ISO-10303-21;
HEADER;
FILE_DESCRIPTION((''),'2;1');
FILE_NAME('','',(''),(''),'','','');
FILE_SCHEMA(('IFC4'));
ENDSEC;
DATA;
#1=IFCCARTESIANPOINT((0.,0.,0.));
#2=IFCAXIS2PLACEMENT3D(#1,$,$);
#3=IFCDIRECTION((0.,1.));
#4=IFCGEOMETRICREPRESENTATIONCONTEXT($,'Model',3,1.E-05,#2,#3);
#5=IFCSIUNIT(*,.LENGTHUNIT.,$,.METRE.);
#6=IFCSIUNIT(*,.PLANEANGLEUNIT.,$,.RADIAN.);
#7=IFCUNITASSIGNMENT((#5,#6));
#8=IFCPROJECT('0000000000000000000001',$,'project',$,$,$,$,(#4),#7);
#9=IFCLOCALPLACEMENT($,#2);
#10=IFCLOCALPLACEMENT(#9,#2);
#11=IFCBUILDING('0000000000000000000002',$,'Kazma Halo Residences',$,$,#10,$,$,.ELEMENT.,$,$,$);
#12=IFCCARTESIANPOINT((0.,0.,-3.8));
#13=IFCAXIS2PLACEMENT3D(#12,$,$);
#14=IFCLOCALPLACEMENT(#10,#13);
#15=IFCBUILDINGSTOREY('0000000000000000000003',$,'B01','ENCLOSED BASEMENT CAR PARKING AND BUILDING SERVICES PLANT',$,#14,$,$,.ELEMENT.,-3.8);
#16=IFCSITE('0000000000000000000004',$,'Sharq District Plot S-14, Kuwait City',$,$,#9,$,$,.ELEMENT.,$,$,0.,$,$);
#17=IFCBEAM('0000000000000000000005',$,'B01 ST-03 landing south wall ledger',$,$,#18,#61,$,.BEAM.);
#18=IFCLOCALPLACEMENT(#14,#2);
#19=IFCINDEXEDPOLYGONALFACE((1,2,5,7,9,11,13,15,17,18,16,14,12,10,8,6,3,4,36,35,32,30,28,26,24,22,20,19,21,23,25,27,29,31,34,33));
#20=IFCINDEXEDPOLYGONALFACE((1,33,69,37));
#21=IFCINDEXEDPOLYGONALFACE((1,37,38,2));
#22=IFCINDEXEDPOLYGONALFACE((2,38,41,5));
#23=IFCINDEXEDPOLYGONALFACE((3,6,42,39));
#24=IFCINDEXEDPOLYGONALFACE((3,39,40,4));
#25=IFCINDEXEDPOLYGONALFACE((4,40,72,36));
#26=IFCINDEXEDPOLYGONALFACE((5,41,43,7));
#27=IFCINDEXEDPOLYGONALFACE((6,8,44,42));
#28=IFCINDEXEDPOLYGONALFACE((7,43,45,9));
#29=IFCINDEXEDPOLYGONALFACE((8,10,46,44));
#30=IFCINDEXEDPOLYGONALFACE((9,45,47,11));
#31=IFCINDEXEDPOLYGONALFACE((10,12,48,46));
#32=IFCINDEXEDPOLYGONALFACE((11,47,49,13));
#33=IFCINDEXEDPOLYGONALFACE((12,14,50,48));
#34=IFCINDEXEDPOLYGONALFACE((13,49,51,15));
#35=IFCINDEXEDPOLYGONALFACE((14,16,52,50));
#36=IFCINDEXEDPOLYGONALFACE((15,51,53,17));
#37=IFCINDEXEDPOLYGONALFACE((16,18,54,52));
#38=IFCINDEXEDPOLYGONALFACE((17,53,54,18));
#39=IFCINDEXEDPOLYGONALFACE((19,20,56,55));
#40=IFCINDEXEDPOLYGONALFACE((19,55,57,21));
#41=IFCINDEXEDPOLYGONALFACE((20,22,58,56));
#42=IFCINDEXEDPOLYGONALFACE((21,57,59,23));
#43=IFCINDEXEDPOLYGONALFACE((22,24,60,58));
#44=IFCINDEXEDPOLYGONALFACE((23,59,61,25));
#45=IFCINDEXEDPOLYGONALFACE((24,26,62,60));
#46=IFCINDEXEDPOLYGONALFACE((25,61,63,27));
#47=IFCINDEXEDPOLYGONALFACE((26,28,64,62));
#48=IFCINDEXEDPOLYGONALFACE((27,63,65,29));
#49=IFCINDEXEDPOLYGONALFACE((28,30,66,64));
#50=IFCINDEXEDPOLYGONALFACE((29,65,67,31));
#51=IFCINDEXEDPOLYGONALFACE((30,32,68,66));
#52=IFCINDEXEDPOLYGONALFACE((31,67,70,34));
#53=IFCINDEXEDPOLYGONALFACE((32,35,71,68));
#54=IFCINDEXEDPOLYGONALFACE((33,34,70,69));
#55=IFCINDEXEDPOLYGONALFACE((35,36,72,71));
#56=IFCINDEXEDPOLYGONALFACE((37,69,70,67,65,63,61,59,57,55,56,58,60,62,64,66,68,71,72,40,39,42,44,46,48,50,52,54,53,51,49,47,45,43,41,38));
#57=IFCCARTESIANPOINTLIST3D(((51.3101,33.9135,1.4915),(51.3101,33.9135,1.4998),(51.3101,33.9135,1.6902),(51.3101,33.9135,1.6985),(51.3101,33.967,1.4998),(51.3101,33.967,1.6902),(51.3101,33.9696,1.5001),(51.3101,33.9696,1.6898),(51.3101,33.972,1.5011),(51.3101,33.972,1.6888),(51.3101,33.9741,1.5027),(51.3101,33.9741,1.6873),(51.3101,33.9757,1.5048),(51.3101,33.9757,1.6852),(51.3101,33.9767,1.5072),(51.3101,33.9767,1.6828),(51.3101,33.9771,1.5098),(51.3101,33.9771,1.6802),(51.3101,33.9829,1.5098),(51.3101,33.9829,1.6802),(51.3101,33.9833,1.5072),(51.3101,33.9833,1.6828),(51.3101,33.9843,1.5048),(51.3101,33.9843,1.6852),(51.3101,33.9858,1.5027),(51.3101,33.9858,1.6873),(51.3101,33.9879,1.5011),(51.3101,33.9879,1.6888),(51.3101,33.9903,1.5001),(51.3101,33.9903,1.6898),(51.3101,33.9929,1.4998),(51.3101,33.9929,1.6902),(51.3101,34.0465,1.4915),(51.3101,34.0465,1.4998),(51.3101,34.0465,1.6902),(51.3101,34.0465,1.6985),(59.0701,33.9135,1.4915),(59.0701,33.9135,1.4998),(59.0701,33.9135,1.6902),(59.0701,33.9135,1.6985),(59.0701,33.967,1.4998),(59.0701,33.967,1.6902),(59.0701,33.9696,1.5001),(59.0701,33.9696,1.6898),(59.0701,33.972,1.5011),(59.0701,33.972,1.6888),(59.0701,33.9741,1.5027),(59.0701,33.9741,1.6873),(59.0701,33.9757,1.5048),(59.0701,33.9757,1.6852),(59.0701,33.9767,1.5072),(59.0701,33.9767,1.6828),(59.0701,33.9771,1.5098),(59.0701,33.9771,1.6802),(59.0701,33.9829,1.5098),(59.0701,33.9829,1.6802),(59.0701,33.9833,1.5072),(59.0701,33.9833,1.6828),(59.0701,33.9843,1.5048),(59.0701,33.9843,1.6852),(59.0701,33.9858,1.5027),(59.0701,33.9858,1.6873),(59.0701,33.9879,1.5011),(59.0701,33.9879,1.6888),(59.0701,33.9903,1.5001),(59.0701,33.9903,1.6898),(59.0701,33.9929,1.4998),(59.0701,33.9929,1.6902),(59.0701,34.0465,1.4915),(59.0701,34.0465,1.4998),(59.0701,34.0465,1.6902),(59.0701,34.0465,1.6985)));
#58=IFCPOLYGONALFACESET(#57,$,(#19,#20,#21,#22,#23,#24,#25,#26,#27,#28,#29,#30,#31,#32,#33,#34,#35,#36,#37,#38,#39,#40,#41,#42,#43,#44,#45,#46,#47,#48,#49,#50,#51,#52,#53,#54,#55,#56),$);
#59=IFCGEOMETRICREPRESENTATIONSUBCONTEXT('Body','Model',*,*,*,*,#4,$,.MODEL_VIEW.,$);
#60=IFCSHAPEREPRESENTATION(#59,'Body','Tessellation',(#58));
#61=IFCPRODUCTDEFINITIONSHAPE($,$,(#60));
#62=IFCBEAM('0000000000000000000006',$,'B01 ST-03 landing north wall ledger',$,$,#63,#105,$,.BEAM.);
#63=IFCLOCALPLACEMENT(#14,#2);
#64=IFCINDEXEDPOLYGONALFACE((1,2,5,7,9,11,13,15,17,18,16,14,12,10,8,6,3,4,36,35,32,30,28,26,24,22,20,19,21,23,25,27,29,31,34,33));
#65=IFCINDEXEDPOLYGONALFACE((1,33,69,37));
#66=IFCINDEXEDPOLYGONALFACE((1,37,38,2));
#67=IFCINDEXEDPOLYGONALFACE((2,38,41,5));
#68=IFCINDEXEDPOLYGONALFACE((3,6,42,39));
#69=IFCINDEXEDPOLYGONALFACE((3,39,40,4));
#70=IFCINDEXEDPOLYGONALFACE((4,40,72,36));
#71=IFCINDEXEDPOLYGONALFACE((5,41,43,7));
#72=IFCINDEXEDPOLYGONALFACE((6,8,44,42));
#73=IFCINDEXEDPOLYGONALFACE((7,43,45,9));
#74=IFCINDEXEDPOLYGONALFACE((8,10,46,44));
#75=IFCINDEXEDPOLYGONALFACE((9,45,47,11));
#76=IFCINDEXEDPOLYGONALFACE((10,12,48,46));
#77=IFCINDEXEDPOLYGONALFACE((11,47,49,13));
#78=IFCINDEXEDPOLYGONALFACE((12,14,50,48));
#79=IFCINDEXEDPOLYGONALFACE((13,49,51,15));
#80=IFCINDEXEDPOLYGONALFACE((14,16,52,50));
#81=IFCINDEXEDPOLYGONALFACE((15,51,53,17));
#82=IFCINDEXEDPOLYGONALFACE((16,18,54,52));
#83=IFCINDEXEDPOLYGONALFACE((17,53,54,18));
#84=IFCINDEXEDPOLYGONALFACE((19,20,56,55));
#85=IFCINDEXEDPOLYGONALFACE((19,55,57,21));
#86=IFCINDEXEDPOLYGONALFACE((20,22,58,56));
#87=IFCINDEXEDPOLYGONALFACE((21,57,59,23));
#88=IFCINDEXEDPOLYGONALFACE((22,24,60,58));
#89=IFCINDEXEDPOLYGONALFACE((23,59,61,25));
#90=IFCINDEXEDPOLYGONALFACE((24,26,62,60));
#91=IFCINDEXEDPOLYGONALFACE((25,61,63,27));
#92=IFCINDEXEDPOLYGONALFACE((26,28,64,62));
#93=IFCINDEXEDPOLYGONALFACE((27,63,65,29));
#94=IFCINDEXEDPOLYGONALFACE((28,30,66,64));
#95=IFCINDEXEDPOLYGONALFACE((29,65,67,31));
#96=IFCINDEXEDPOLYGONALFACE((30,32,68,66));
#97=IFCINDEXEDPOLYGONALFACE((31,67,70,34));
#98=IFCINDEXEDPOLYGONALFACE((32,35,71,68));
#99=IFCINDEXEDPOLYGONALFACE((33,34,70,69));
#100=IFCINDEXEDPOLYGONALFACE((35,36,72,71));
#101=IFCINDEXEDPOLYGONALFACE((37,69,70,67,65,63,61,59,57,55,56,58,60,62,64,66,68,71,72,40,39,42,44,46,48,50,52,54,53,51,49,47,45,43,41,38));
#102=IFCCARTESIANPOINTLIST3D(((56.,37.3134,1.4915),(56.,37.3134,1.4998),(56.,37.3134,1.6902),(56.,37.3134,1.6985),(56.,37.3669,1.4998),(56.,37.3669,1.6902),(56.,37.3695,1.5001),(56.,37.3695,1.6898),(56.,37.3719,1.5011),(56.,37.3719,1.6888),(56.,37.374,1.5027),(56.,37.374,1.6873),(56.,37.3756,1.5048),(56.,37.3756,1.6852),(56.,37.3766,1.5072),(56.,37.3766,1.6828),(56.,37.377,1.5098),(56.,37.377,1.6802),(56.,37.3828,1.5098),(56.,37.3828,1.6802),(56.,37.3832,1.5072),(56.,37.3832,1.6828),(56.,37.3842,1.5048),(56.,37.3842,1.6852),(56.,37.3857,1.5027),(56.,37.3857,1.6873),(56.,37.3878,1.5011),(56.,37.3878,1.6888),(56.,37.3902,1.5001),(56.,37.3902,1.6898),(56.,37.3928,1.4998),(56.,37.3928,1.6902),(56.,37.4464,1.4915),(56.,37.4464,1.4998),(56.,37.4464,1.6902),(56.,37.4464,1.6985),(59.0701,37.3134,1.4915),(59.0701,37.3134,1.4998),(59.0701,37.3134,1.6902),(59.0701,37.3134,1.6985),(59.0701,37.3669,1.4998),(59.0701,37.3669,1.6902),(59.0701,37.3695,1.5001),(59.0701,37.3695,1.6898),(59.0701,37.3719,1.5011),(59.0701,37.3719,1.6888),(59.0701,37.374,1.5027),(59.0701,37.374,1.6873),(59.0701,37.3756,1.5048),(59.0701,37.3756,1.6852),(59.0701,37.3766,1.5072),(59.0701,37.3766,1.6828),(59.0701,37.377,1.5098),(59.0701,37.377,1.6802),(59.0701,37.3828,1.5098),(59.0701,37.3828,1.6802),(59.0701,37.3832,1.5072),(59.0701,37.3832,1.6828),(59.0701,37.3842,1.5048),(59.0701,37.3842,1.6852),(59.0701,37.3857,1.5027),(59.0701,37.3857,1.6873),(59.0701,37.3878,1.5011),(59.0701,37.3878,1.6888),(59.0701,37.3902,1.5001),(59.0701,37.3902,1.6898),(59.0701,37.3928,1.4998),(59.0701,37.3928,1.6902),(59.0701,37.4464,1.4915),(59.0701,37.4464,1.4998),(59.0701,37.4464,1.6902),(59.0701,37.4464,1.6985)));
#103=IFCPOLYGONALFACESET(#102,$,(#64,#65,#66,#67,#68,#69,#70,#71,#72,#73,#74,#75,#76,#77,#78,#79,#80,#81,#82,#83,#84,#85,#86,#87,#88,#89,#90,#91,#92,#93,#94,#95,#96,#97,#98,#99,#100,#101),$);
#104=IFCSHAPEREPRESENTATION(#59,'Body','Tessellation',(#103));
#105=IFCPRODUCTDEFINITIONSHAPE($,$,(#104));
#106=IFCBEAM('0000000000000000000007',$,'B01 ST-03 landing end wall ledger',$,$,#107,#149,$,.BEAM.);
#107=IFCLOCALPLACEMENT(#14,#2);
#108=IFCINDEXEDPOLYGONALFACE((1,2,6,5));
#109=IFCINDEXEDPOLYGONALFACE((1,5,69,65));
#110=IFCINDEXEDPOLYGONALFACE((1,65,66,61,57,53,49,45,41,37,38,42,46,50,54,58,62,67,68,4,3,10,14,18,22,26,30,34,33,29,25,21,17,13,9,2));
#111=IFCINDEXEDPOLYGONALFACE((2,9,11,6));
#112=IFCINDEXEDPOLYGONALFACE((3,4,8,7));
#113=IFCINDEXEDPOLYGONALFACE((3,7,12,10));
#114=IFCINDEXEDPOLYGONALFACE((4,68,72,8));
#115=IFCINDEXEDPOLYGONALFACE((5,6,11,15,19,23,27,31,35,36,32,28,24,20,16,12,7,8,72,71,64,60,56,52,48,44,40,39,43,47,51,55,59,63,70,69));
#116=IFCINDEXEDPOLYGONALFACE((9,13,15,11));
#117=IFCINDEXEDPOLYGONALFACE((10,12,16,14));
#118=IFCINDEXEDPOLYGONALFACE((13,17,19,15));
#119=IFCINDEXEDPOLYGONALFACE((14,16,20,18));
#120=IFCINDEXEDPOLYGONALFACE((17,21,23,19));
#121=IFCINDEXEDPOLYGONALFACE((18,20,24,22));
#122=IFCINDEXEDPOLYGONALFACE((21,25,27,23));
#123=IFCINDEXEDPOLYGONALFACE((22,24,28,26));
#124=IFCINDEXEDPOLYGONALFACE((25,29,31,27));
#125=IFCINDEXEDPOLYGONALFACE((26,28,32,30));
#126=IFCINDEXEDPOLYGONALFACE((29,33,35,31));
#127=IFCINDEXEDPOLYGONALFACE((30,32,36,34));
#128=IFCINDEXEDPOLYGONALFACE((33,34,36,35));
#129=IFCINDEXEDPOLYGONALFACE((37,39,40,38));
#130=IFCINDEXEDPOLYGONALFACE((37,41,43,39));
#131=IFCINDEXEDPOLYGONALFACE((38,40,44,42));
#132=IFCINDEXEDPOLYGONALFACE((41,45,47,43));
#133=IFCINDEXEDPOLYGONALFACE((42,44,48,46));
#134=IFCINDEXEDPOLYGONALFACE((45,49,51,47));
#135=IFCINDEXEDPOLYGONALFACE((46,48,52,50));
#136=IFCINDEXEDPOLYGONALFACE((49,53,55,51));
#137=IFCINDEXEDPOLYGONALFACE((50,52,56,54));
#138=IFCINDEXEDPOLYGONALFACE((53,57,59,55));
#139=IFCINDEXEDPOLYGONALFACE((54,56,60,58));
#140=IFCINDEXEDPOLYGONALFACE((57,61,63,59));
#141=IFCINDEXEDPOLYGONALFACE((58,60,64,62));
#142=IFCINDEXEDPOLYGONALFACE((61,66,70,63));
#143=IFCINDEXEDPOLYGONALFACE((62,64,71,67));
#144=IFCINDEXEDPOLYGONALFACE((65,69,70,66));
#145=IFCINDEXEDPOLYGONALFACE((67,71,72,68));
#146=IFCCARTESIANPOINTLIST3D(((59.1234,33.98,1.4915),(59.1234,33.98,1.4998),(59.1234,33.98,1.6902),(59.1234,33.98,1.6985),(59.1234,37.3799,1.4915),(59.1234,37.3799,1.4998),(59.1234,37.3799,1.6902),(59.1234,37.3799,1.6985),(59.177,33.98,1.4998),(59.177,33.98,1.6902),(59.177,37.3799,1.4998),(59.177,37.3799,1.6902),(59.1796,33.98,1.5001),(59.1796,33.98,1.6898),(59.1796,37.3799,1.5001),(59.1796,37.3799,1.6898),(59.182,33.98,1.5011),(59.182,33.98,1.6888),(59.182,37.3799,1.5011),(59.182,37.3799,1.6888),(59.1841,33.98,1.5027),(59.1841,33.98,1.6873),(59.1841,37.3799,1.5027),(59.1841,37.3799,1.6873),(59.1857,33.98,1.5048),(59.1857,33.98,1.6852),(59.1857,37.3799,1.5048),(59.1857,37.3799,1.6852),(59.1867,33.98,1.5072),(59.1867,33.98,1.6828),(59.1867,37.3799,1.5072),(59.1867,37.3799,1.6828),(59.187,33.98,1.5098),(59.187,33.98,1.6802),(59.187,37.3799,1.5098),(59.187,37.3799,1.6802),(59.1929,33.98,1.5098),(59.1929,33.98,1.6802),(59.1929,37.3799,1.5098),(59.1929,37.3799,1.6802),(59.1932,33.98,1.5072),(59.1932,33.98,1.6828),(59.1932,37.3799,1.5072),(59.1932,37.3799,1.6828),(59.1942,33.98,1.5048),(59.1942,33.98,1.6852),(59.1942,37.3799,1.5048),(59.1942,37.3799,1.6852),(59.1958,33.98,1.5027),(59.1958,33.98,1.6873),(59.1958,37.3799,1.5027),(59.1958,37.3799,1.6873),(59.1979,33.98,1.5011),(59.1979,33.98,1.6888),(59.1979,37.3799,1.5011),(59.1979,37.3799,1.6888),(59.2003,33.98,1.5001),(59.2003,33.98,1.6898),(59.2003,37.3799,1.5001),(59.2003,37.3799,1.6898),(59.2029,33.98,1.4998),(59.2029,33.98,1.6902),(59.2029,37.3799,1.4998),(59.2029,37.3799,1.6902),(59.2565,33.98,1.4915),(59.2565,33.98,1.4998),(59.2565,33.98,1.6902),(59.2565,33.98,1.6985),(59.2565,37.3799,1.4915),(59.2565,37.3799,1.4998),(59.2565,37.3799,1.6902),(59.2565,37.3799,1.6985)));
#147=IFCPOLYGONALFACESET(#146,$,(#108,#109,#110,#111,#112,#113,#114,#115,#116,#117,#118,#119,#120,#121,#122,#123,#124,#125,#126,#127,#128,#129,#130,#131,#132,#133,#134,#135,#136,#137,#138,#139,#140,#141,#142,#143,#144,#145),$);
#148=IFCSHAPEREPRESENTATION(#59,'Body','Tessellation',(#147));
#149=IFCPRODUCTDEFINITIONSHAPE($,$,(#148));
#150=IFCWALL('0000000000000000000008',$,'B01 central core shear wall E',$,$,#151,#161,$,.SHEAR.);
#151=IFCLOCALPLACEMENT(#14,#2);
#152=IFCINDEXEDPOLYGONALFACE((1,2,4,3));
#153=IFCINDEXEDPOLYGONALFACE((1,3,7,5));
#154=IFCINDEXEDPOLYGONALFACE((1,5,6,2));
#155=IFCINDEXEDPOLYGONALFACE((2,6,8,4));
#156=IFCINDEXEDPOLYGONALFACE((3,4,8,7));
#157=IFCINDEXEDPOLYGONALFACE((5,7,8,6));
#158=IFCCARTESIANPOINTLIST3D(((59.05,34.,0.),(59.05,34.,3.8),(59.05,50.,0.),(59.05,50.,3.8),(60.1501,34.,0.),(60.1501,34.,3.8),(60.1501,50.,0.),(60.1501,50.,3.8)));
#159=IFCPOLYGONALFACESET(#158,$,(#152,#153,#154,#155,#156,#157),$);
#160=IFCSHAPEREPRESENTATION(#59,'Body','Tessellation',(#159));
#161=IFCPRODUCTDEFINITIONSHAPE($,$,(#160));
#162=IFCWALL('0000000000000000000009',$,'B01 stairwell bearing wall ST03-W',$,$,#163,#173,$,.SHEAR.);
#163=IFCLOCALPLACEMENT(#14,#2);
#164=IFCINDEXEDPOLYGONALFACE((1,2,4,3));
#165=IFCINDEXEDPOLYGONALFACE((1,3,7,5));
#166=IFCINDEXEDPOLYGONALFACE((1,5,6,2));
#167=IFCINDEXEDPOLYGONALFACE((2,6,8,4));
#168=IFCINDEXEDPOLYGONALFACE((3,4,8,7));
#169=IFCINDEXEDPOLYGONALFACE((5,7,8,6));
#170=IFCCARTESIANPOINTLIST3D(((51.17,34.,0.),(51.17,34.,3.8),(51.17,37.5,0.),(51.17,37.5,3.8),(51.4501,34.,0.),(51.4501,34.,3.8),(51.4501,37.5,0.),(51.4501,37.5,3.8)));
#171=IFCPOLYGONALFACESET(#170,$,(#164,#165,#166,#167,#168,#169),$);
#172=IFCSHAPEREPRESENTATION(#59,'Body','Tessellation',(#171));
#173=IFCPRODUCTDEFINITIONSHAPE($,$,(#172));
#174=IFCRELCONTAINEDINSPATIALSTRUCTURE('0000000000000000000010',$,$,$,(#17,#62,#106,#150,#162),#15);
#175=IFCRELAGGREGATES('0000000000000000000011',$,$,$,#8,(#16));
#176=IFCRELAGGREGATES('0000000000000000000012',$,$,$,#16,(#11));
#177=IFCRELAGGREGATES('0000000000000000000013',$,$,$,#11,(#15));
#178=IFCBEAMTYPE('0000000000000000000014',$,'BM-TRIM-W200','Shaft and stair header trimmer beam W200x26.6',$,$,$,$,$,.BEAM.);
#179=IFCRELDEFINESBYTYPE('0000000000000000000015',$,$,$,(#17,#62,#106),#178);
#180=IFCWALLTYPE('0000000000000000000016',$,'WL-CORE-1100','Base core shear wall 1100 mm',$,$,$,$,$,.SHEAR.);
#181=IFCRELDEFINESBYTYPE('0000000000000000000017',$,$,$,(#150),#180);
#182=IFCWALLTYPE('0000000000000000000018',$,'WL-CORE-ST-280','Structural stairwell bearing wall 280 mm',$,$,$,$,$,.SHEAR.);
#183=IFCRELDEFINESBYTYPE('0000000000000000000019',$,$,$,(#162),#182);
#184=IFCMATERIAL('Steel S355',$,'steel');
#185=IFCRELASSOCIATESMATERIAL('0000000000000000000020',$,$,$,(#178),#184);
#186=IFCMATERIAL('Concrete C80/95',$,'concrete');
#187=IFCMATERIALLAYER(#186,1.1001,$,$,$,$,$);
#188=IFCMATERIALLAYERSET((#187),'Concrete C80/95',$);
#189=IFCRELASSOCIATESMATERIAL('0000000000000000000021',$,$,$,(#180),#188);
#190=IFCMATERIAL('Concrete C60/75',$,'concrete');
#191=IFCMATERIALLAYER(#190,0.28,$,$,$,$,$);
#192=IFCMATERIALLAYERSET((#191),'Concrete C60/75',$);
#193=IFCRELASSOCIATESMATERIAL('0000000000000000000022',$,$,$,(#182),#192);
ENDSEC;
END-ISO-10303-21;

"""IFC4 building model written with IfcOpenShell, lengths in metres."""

from ifc_helpers import new_model, si_unit, direction, frame, frame_2d, origin, origin_2d, place, context, subcontext, project, spatial, rectangle, i_section, extrude, material, layer, layer_set, material_profile, profile_set, type_object, element, save


model = new_model("IFC4")

# Units and contexts
model_context = context("Model", 3, precision=1e-05, world=origin(), true_north=direction((0.0, 1.0)))
body_context = subcontext(model_context, "Body", "Model", "MODEL_VIEW")
ifc_project = project(units=[si_unit("LENGTHUNIT", "METRE"), si_unit("PLANEANGLEUNIT", "RADIAN")], contexts=[model_context])

# Site, building, storey
site_placement = place(None, origin())
site = spatial("IfcSite", under=ifc_project, at=site_placement, Name="Sharq District Plot S-14, Kuwait City", CompositionType="ELEMENT", RefElevation=0.0)
building_placement = place(site_placement, origin())
building = spatial("IfcBuilding", under=site, at=building_placement, Name="Kazma Halo Residences", CompositionType="ELEMENT")
storey_placement = place(building_placement, frame((0.0, 0.0, -3.8)))
storey = spatial("IfcBuildingStorey", under=building, at=storey_placement, Name="B01", Description="ENCLOSED BASEMENT CAR PARKING AND BUILDING SERVICES PLANT", CompositionType="ELEMENT", Elevation=-3.8)

# Shared definitions
ifc_material_1 = material(Name="Concrete C60/75", Category="concrete")
ifc_material_2 = material(Name="Steel S355", Category="steel")
ifc_material_3 = material(Name="Concrete C80/95", Category="concrete")

# Beams
ifc_material_profile_1 = material_profile(ifc_material_2, i_section(OverallWidth=0.1331, OverallDepth=0.207, WebThickness=0.0059, FlangeThickness=0.0083, FilletRadius=0.01, at=origin_2d()), Name="W200x26.6")
ifc_profile_set_1 = profile_set([ifc_material_profile_1], Name="Steel S355")
beam_type_1 = type_object("IfcBeamType", Name="BM-TRIM-W200", Description="Shaft and stair header trimmer beam W200x26.6", PredefinedType="BEAM", material=ifc_profile_set_1)
beam_1_placement = place(storey_placement, frame((51.3101, 33.98, 1.595), z_axis=(1.0, 0.0, 0.0), x_axis=(0.0, 1.0, 0.0)))
element("IfcBeam", 1, at=beam_1_placement, inside=storey, type_object=beam_type_1, Name="B01 ST-03 landing south wall ledger", PredefinedType="BEAM", context=body_context, shape_type="SweptSolid", body=[
    extrude(i_section(OverallWidth=0.1331, OverallDepth=0.207, WebThickness=0.0059, FlangeThickness=0.0083, FilletRadius=0.01, at=origin_2d()), origin(), (0.0, 0.0, 1.0), 7.76),
])
beam_2_placement = place(storey_placement, frame((56.0, 37.3799, 1.595), z_axis=(1.0, 0.0, 0.0), x_axis=(0.0, 1.0, 0.0)))
element("IfcBeam", 2, at=beam_2_placement, inside=storey, type_object=beam_type_1, Name="B01 ST-03 landing north wall ledger", PredefinedType="BEAM", context=body_context, shape_type="SweptSolid", body=[
    extrude(i_section(OverallWidth=0.1331, OverallDepth=0.207, WebThickness=0.0059, FlangeThickness=0.0083, FilletRadius=0.01, at=origin_2d()), origin(), (0.0, 0.0, 1.0), 3.0701),
])
beam_3_placement = place(storey_placement, frame((59.1899, 33.98, 1.595), z_axis=(0.0, 1.0, 0.0), x_axis=(-1.0, 0.0, 0.0)))
element("IfcBeam", 3, at=beam_3_placement, inside=storey, type_object=beam_type_1, Name="B01 ST-03 landing end wall ledger", PredefinedType="BEAM", context=body_context, shape_type="SweptSolid", body=[
    extrude(i_section(OverallWidth=0.1331, OverallDepth=0.207, WebThickness=0.0059, FlangeThickness=0.0083, FilletRadius=0.01, at=origin_2d()), origin(), (0.0, 0.0, 1.0), 3.3999),
])

# Walls
ifc_layer_1 = layer(ifc_material_3, 1.1001)
ifc_layer_set_1 = layer_set([ifc_layer_1], Name="Concrete C80/95")
wall_type_1 = type_object("IfcWallType", Name="WL-CORE-1100", Description="Base core shear wall 1100 mm", PredefinedType="SHEAR", material=ifc_layer_set_1)
wall_1_placement = place(storey_placement, frame((59.6001, 34.0, 0.0), z_axis=(0.0, 0.0, 1.0), x_axis=(0.0, 1.0, 0.0)))
element("IfcWall", 4, at=wall_1_placement, inside=storey, type_object=wall_type_1, Name="B01 central core shear wall E", PredefinedType="SHEAR", context=body_context, shape_type="SweptSolid", body=[
    extrude(rectangle(XDim=16.0, YDim=1.1001, at=frame_2d((8.0, 0.0))), origin(), (0.0, 0.0, 1.0), 3.8),
])
ifc_layer_2 = layer(ifc_material_1, 0.28)
ifc_layer_set_2 = layer_set([ifc_layer_2], Name="Concrete C60/75")
wall_type_2 = type_object("IfcWallType", Name="WL-CORE-ST-280", Description="Structural stairwell bearing wall 280 mm", PredefinedType="SHEAR", material=ifc_layer_set_2)
wall_2_placement = place(storey_placement, frame((51.3101, 34.0, 0.0), z_axis=(0.0, 0.0, 1.0), x_axis=(0.0, 1.0, 0.0)))
element("IfcWall", 5, at=wall_2_placement, inside=storey, type_object=wall_type_2, Name="B01 stairwell bearing wall ST03-W", PredefinedType="SHEAR", context=body_context, shape_type="SweptSolid", body=[
    extrude(rectangle(XDim=3.5, YDim=0.28, at=frame_2d((1.75, 0.0))), origin(), (0.0, 0.0, 1.0), 3.8),
])

save(model, "model.ifc")
